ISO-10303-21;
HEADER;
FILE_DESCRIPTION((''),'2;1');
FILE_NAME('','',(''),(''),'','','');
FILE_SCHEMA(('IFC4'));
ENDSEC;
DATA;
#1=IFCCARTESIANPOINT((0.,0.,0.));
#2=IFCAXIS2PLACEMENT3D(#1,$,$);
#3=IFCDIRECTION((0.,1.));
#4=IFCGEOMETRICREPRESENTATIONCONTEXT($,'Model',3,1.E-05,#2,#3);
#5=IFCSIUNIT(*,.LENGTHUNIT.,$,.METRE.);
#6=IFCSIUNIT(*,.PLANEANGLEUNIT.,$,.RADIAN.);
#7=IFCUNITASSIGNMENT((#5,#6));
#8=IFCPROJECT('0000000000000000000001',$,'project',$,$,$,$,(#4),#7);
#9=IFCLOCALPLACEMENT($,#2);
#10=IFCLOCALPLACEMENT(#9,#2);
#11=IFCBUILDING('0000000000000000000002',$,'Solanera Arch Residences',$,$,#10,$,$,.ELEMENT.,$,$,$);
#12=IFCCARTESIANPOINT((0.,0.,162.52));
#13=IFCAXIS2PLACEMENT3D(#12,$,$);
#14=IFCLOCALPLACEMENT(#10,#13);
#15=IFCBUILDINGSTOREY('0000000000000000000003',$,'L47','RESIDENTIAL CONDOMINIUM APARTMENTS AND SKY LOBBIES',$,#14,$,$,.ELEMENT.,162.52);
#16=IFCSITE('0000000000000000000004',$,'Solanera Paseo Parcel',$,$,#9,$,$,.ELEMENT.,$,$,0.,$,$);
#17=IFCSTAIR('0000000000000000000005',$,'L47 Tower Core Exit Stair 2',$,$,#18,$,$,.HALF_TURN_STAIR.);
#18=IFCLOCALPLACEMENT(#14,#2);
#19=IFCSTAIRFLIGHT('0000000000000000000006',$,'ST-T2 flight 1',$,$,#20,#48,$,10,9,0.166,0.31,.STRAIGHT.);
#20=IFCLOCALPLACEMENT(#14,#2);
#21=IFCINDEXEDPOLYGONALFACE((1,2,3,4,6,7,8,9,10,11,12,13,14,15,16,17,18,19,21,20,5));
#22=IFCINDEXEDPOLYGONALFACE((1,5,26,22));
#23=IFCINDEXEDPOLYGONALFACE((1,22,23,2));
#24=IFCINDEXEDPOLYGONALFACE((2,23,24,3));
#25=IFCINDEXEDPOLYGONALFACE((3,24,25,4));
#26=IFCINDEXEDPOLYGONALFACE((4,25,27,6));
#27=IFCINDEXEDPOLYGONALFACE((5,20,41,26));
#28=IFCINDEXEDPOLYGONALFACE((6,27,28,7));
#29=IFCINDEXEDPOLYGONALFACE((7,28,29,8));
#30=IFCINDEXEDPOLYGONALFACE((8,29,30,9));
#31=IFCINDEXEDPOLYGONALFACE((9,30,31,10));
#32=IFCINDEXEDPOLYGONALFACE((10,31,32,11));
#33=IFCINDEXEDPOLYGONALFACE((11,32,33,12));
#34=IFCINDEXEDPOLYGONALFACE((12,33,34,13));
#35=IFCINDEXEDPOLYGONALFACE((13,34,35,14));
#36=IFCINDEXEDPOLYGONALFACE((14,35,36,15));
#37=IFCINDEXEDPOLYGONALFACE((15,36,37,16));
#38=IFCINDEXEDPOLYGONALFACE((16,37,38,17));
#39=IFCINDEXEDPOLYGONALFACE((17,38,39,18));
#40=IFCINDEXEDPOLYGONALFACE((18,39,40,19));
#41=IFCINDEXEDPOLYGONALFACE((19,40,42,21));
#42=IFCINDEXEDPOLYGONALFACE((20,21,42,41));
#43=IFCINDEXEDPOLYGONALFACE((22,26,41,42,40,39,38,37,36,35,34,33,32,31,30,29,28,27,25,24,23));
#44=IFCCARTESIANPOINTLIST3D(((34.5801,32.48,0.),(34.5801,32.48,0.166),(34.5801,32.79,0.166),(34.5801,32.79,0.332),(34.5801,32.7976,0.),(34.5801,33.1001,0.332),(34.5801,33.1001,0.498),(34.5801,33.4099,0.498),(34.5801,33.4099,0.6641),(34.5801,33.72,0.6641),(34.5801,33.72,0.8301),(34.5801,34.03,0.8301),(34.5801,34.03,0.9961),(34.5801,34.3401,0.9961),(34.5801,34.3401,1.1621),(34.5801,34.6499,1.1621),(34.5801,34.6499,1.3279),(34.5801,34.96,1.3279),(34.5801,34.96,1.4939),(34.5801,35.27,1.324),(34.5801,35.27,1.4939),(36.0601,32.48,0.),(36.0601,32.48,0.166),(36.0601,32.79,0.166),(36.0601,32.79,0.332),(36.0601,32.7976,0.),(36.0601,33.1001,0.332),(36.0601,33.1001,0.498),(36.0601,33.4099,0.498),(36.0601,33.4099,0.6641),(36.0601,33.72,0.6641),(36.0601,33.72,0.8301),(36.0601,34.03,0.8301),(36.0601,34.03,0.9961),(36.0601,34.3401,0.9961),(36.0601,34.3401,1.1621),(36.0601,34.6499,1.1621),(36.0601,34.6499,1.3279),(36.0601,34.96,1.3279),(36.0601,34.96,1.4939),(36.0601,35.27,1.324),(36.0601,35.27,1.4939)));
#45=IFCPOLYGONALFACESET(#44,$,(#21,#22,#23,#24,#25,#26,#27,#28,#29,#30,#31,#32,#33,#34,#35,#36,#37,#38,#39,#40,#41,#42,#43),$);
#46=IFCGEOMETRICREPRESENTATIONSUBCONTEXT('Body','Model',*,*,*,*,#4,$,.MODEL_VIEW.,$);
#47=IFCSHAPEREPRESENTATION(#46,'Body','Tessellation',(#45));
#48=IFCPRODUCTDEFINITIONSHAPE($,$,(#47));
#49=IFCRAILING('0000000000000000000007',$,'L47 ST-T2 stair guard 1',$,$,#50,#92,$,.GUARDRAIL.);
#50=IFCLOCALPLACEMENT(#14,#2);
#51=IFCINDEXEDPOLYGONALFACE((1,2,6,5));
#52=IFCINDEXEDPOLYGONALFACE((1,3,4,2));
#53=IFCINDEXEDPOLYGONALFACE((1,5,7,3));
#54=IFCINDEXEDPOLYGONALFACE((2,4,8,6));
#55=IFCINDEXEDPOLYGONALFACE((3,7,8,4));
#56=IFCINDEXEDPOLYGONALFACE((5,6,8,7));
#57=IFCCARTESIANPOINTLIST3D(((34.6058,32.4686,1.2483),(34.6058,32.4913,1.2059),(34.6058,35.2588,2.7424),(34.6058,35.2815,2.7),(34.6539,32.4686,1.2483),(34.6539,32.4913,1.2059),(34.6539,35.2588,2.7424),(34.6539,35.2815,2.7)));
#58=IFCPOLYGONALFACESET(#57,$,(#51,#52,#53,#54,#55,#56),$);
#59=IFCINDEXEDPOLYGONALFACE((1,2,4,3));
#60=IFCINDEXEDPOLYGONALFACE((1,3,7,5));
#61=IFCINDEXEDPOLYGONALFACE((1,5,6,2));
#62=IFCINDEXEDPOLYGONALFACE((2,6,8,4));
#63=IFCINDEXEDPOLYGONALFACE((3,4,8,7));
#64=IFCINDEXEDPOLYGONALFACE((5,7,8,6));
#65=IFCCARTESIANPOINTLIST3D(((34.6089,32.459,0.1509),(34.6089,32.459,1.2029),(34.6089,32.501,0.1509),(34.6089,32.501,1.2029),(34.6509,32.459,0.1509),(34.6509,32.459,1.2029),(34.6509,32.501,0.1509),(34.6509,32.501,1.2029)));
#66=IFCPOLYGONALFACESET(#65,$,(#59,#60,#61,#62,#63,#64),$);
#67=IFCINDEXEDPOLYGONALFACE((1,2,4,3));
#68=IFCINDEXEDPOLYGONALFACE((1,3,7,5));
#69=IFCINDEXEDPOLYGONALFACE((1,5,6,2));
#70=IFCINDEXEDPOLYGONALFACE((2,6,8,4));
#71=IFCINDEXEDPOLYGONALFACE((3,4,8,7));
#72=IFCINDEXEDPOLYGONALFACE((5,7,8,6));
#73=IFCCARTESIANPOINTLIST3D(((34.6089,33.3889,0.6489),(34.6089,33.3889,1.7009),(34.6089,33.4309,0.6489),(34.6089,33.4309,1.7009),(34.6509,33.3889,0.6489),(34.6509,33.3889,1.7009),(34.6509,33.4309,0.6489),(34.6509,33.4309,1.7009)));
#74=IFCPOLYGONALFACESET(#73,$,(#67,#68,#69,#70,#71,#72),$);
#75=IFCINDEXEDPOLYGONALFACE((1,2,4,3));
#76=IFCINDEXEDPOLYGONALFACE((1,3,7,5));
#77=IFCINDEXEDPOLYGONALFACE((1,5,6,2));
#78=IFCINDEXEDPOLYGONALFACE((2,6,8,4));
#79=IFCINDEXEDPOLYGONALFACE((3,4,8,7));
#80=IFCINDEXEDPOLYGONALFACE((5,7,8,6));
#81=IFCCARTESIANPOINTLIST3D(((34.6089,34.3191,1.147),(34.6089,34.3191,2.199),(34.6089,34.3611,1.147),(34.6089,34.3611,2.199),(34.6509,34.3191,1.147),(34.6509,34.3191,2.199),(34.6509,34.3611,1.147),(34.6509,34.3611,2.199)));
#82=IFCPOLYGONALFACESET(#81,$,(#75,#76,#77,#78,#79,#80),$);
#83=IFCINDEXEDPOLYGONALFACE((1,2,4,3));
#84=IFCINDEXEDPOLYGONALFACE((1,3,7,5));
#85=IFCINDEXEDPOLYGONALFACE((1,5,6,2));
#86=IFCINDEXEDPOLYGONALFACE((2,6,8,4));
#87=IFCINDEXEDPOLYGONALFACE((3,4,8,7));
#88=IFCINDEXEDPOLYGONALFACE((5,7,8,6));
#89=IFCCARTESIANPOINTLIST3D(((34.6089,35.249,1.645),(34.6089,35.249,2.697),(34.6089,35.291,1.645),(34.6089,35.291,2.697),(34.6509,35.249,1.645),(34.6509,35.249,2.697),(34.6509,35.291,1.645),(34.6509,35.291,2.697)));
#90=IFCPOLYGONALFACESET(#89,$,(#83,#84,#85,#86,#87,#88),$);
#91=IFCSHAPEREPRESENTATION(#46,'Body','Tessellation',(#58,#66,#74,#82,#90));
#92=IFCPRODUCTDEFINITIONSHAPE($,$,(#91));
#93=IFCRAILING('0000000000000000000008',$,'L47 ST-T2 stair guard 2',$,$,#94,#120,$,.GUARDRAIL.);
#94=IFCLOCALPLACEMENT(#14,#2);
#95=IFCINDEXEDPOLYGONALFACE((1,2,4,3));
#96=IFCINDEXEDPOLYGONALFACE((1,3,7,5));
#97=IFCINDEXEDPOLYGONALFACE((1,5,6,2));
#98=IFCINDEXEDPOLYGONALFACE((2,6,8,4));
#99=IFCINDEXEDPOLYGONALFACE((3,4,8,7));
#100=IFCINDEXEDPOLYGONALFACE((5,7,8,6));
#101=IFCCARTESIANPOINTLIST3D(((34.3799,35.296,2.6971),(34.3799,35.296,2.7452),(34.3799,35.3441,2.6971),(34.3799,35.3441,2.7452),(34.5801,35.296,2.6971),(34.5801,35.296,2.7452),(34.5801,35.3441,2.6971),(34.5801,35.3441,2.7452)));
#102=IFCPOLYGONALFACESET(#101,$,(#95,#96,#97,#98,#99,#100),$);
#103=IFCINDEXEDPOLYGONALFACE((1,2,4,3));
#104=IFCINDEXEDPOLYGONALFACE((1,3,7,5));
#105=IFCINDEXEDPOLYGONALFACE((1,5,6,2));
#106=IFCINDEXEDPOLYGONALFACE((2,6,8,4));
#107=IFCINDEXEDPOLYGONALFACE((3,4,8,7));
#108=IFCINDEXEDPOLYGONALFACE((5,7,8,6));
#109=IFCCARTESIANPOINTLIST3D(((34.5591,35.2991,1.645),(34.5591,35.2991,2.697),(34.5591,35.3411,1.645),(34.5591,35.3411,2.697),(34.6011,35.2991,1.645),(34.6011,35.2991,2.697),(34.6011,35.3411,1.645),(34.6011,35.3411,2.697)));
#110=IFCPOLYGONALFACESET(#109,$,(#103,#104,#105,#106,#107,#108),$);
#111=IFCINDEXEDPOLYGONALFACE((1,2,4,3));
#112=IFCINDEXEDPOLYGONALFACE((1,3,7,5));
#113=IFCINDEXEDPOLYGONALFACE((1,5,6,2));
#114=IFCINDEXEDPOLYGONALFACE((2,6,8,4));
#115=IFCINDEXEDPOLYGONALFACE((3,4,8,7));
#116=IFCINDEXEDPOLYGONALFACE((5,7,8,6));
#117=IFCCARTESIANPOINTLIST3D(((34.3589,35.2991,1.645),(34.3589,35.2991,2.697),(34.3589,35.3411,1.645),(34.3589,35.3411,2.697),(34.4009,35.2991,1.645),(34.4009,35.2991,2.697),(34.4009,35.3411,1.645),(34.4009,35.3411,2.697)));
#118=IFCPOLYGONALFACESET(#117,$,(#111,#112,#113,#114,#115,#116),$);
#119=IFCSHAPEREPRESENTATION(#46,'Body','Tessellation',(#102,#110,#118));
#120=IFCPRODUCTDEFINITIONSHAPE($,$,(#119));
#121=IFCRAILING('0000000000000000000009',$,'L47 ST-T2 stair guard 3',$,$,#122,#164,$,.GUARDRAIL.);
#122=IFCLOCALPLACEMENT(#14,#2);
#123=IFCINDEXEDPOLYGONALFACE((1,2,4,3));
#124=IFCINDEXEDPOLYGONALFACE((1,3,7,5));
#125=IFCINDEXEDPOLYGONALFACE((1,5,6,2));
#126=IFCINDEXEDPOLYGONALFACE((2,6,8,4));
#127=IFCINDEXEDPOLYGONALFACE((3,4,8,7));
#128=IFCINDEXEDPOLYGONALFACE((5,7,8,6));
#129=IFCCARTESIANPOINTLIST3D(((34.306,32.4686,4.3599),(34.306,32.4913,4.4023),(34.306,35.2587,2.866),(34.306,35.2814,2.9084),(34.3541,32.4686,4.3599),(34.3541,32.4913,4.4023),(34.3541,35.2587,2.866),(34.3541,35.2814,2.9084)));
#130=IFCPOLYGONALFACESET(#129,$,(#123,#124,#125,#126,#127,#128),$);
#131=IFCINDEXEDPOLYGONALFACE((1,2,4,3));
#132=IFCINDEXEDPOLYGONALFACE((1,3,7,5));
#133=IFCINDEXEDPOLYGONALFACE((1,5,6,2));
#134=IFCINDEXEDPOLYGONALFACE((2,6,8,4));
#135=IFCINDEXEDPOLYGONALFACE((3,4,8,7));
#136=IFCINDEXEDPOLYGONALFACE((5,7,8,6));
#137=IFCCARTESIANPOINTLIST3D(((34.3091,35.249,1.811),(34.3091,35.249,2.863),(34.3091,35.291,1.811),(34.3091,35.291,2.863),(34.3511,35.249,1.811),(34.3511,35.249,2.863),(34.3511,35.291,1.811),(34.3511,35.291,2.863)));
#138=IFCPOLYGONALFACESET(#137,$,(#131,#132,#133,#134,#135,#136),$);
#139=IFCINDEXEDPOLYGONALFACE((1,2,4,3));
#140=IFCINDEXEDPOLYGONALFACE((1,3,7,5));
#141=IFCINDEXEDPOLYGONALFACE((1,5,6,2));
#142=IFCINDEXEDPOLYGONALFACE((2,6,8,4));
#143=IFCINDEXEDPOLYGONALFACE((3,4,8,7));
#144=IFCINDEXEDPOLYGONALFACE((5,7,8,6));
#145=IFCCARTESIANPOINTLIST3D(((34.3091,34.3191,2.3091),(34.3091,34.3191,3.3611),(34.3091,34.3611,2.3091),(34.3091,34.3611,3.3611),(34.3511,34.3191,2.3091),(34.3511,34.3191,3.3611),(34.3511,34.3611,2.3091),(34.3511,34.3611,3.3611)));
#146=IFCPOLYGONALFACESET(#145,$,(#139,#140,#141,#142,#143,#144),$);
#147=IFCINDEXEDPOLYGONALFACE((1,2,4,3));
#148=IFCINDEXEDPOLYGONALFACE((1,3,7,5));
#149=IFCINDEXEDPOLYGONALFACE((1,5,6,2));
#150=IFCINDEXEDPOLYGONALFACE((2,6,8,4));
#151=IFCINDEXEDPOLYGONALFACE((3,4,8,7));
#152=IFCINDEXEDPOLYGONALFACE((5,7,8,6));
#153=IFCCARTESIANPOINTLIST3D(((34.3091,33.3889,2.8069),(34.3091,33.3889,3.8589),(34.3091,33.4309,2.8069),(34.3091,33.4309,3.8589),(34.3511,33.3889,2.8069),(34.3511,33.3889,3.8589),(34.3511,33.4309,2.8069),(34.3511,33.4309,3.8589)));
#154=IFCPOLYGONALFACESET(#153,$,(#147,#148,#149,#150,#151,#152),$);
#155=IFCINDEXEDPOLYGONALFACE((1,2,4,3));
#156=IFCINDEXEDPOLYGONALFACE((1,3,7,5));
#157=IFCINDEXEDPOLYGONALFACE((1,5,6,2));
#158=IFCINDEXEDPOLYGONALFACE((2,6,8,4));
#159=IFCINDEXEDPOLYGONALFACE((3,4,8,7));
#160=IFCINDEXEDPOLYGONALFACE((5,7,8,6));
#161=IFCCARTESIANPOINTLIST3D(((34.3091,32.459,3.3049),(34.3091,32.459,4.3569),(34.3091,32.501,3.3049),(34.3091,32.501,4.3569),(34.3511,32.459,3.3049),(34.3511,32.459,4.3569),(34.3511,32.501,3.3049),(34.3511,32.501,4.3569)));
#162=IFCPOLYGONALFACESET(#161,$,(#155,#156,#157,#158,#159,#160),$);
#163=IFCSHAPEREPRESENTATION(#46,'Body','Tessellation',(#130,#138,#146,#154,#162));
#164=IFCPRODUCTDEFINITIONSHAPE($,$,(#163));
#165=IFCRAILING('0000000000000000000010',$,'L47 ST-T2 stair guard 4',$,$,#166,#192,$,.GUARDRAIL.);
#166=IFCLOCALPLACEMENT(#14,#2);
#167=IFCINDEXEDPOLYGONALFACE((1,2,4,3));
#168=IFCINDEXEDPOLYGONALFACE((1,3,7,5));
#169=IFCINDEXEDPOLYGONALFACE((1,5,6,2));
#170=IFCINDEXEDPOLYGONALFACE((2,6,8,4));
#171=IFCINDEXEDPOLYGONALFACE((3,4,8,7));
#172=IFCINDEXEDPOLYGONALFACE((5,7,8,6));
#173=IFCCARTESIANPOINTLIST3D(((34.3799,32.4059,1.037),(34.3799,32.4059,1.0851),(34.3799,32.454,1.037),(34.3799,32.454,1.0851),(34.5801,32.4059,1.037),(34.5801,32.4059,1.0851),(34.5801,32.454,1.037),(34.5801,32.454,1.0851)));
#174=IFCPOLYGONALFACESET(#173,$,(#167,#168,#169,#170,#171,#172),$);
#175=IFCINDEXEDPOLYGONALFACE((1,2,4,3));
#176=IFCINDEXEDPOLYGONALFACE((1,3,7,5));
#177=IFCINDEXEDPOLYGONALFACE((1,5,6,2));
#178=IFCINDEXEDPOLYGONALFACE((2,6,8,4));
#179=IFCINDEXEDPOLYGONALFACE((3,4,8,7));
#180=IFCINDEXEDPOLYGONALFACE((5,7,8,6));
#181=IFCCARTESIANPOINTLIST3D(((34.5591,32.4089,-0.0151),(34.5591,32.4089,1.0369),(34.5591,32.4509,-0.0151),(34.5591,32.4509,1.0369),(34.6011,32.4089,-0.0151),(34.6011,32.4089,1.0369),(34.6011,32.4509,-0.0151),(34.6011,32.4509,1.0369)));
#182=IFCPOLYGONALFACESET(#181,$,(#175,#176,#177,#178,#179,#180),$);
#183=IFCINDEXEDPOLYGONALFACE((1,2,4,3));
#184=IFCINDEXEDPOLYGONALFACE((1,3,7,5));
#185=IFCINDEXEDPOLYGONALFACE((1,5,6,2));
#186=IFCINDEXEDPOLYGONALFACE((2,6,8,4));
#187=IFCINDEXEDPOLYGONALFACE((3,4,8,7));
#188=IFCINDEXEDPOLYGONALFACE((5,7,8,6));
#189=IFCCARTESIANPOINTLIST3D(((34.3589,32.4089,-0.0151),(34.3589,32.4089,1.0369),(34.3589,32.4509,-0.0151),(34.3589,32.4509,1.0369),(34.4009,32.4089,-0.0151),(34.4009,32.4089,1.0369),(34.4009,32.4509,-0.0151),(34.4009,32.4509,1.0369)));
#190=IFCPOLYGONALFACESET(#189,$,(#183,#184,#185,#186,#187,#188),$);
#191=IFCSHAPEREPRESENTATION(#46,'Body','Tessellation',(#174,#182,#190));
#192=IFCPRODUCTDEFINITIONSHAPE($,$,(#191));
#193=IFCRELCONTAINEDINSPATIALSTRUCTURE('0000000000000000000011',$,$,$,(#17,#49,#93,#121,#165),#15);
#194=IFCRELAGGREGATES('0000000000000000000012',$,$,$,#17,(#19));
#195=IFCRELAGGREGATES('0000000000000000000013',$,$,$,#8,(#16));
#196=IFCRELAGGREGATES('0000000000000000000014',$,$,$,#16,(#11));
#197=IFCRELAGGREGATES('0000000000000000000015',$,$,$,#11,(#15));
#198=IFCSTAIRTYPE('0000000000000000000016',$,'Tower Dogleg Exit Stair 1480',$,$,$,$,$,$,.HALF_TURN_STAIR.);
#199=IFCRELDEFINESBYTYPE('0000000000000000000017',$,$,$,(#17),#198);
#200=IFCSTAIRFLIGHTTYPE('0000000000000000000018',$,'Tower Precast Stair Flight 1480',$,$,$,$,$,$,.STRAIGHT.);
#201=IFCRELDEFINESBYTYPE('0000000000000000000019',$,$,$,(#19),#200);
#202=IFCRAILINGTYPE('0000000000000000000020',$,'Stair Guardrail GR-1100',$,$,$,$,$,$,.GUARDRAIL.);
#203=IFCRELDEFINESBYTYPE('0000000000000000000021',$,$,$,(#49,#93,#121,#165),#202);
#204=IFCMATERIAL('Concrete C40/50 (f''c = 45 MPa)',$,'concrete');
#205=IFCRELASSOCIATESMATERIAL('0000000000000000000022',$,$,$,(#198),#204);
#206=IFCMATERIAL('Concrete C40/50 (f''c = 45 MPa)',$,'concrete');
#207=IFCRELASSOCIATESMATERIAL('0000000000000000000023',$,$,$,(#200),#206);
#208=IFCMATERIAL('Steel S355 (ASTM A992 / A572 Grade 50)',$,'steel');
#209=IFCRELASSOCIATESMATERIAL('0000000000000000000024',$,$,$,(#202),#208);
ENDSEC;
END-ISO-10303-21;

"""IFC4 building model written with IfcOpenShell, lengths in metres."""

from ifc_helpers import new_model, si_unit, direction, frame, origin, origin_2d, place, context, subcontext, project, spatial, polyline, rectangle, outline, extrude, material, type_object, element, aggregate, save


model = new_model("IFC4")

# Units and contexts
model_context = context("Model", 3, precision=1e-05, world=origin(), true_north=direction((0.0, 1.0)))
body_context = subcontext(model_context, "Body", "Model", "MODEL_VIEW")
ifc_project = project(units=[si_unit("LENGTHUNIT", "METRE"), si_unit("PLANEANGLEUNIT", "RADIAN")], contexts=[model_context])

# Site, building, storey
site_placement = place(None, origin())
site = spatial("IfcSite", under=ifc_project, at=site_placement, Name="Solanera Paseo Parcel", CompositionType="ELEMENT", RefElevation=0.0)
building_placement = place(site_placement, origin())
building = spatial("IfcBuilding", under=site, at=building_placement, Name="Solanera Arch Residences", CompositionType="ELEMENT")
storey_placement = place(building_placement, frame((0.0, 0.0, 162.52)))
storey = spatial("IfcBuildingStorey", under=building, at=storey_placement, Name="L47", Description="RESIDENTIAL CONDOMINIUM APARTMENTS AND SKY LOBBIES", CompositionType="ELEMENT", Elevation=162.52)

# Stair, stair flight
ifc_material_1 = material(Name="Concrete C40/50 (f'c = 45 MPa)", Category="concrete")
stair_type = type_object("IfcStairType", Name="Tower Dogleg Exit Stair 1480", PredefinedType="HALF_TURN_STAIR", material=ifc_material_1)
stair_placement = place(storey_placement, origin())
stair = element("IfcStair", 1, at=stair_placement, inside=storey, type_object=stair_type, Name="L47 Tower Core Exit Stair 2", PredefinedType="HALF_TURN_STAIR")
ifc_material_2 = material(Name="Concrete C40/50 (f'c = 45 MPa)", Category="concrete")
stair_flight_type = type_object("IfcStairFlightType", Name="Tower Precast Stair Flight 1480", PredefinedType="STRAIGHT", material=ifc_material_2)
stair_flight_placement = place(storey_placement, frame((35.3201, 32.48, 0.0), z_axis=(0.0, 0.0, 1.0), x_axis=(0.0, 1.0, 0.0)))
stair_flight = element("IfcStairFlight", 2, at=stair_flight_placement, type_object=stair_flight_type, Name="ST-T2 flight 1", NumberOfRisers=10, NumberOfTreads=9, PredefinedType="STRAIGHT", RiserHeight=0.166, TreadLength=0.31, context=body_context, shape_type="SweptSolid", body=[
    extrude(outline(polyline([(0.0, 0.0), (0.0, 0.166), (0.3101, 0.166), (0.3101, 0.332), (0.6201, 0.332), (0.6201, 0.498), (0.9299, 0.498), (0.9299, 0.6641), (1.24, 0.6641), (1.24, 0.8301), (1.55, 0.8301), (1.55, 0.9961), (1.8601, 0.9961), (1.8601, 1.1621), (2.1699, 1.1621), (2.1699, 1.3279), (2.48, 1.3279), (2.48, 1.4939), (2.79, 1.4939), (2.79, 1.6599), (2.79, 1.324), (0.3176, 0.0), (0.0, 0.0)])), frame((0.0, 0.74, 0.0), z_axis=(0.0, -1.0, 0.0), x_axis=(1.0, 0.0, 0.0)), (0.0, 0.0, 1.0), 1.48),
])
aggregate(stair, [stair_flight])

# Railings
ifc_material_3 = material(Name="Steel S355 (ASTM A992 / A572 Grade 50)", Category="steel")
railing_type_1 = type_object("IfcRailingType", Name="Stair Guardrail GR-1100", PredefinedType="GUARDRAIL", material=ifc_material_3)
railing_1_placement = place(storey_placement, frame((34.6299, 32.48, 0.1509)))
element("IfcRailing", 3, at=railing_1_placement, inside=storey, type_object=railing_type_1, Name="L47 ST-T2 stair guard 1", PredefinedType="GUARDRAIL", context=body_context, shape_type="SweptSolid", body=[
    extrude(rectangle(XDim=0.0481, YDim=0.0481, at=origin_2d()), frame((0.0, 0.0, 1.0762), z_axis=(0.0, 0.881549, 0.472093), x_axis=(-1.0, 0.0, 0.0)), (0.0, 0.0, 1.0), 3.165),
    extrude(rectangle(XDim=0.042, YDim=0.042, at=origin_2d()), origin(), (0.0, 0.0, 1.0), 1.052),
    extrude(rectangle(XDim=0.042, YDim=0.042, at=origin_2d()), frame((0.0, 0.9299, 0.498)), (0.0, 0.0, 1.0), 1.052),
    extrude(rectangle(XDim=0.042, YDim=0.042, at=origin_2d()), frame((0.0, 1.8601, 0.9961)), (0.0, 0.0, 1.0), 1.052),
    extrude(rectangle(XDim=0.042, YDim=0.042, at=origin_2d()), frame((0.0, 2.79, 1.4941)), (0.0, 0.0, 1.0), 1.052),
])
railing_2_placement = place(storey_placement, frame((34.5801, 35.3201, 1.645)))
element("IfcRailing", 4, at=railing_2_placement, inside=storey, type_object=railing_type_1, Name="L47 ST-T2 stair guard 2", PredefinedType="GUARDRAIL", context=body_context, shape_type="SweptSolid", body=[
    extrude(rectangle(XDim=0.0481, YDim=0.0481, at=origin_2d()), frame((0.0, 0.0, 1.0762), z_axis=(-1.0, 0.0, 0.0), x_axis=(0.0, -1.0, 0.0)), (0.0, 0.0, 1.0), 0.2002),
    extrude(rectangle(XDim=0.042, YDim=0.042, at=origin_2d()), origin(), (0.0, 0.0, 1.0), 1.052),
    extrude(rectangle(XDim=0.042, YDim=0.042, at=origin_2d()), frame((-0.2002, 0.0, 0.0)), (0.0, 0.0, 1.0), 1.052),
])
railing_3_placement = place(storey_placement, frame((34.3301, 35.27, 1.811)))
element("IfcRailing", 5, at=railing_3_placement, inside=storey, type_object=railing_type_1, Name="L47 ST-T2 stair guard 3", PredefinedType="GUARDRAIL", context=body_context, shape_type="SweptSolid", body=[
    extrude(rectangle(XDim=0.0481, YDim=0.0481, at=origin_2d()), frame((0.0, 0.0, 1.0762), z_axis=(0.0, -0.881581, 0.472033), x_axis=(1.0, 0.0, 0.0)), (0.0, 0.0, 1.0), 3.1648),
    extrude(rectangle(XDim=0.042, YDim=0.042, at=origin_2d()), origin(), (0.0, 0.0, 1.0), 1.052),
    extrude(rectangle(XDim=0.042, YDim=0.042, at=origin_2d()), frame((0.0, -0.9299, 0.498)), (0.0, 0.0, 1.0), 1.052),
    extrude(rectangle(XDim=0.042, YDim=0.042, at=origin_2d()), frame((0.0, -1.8601, 0.9958)), (0.0, 0.0, 1.0), 1.052),
    extrude(rectangle(XDim=0.042, YDim=0.042, at=origin_2d()), frame((0.0, -2.79, 1.4939)), (0.0, 0.0, 1.0), 1.052),
])
railing_4_placement = place(storey_placement, frame((34.5801, 32.4299, -0.0151)))
element("IfcRailing", 6, at=railing_4_placement, inside=storey, type_object=railing_type_1, Name="L47 ST-T2 stair guard 4", PredefinedType="GUARDRAIL", context=body_context, shape_type="SweptSolid", body=[
    extrude(rectangle(XDim=0.0481, YDim=0.0481, at=origin_2d()), frame((0.0, 0.0, 1.0762), z_axis=(-1.0, 0.0, 0.0), x_axis=(0.0, -1.0, 0.0)), (0.0, 0.0, 1.0), 0.2002),
    extrude(rectangle(XDim=0.042, YDim=0.042, at=origin_2d()), origin(), (0.0, 0.0, 1.0), 1.052),
    extrude(rectangle(XDim=0.042, YDim=0.042, at=origin_2d()), frame((-0.2002, 0.0, 0.0)), (0.0, 0.0, 1.0), 1.052),
])

save(model, "model.ifc")
